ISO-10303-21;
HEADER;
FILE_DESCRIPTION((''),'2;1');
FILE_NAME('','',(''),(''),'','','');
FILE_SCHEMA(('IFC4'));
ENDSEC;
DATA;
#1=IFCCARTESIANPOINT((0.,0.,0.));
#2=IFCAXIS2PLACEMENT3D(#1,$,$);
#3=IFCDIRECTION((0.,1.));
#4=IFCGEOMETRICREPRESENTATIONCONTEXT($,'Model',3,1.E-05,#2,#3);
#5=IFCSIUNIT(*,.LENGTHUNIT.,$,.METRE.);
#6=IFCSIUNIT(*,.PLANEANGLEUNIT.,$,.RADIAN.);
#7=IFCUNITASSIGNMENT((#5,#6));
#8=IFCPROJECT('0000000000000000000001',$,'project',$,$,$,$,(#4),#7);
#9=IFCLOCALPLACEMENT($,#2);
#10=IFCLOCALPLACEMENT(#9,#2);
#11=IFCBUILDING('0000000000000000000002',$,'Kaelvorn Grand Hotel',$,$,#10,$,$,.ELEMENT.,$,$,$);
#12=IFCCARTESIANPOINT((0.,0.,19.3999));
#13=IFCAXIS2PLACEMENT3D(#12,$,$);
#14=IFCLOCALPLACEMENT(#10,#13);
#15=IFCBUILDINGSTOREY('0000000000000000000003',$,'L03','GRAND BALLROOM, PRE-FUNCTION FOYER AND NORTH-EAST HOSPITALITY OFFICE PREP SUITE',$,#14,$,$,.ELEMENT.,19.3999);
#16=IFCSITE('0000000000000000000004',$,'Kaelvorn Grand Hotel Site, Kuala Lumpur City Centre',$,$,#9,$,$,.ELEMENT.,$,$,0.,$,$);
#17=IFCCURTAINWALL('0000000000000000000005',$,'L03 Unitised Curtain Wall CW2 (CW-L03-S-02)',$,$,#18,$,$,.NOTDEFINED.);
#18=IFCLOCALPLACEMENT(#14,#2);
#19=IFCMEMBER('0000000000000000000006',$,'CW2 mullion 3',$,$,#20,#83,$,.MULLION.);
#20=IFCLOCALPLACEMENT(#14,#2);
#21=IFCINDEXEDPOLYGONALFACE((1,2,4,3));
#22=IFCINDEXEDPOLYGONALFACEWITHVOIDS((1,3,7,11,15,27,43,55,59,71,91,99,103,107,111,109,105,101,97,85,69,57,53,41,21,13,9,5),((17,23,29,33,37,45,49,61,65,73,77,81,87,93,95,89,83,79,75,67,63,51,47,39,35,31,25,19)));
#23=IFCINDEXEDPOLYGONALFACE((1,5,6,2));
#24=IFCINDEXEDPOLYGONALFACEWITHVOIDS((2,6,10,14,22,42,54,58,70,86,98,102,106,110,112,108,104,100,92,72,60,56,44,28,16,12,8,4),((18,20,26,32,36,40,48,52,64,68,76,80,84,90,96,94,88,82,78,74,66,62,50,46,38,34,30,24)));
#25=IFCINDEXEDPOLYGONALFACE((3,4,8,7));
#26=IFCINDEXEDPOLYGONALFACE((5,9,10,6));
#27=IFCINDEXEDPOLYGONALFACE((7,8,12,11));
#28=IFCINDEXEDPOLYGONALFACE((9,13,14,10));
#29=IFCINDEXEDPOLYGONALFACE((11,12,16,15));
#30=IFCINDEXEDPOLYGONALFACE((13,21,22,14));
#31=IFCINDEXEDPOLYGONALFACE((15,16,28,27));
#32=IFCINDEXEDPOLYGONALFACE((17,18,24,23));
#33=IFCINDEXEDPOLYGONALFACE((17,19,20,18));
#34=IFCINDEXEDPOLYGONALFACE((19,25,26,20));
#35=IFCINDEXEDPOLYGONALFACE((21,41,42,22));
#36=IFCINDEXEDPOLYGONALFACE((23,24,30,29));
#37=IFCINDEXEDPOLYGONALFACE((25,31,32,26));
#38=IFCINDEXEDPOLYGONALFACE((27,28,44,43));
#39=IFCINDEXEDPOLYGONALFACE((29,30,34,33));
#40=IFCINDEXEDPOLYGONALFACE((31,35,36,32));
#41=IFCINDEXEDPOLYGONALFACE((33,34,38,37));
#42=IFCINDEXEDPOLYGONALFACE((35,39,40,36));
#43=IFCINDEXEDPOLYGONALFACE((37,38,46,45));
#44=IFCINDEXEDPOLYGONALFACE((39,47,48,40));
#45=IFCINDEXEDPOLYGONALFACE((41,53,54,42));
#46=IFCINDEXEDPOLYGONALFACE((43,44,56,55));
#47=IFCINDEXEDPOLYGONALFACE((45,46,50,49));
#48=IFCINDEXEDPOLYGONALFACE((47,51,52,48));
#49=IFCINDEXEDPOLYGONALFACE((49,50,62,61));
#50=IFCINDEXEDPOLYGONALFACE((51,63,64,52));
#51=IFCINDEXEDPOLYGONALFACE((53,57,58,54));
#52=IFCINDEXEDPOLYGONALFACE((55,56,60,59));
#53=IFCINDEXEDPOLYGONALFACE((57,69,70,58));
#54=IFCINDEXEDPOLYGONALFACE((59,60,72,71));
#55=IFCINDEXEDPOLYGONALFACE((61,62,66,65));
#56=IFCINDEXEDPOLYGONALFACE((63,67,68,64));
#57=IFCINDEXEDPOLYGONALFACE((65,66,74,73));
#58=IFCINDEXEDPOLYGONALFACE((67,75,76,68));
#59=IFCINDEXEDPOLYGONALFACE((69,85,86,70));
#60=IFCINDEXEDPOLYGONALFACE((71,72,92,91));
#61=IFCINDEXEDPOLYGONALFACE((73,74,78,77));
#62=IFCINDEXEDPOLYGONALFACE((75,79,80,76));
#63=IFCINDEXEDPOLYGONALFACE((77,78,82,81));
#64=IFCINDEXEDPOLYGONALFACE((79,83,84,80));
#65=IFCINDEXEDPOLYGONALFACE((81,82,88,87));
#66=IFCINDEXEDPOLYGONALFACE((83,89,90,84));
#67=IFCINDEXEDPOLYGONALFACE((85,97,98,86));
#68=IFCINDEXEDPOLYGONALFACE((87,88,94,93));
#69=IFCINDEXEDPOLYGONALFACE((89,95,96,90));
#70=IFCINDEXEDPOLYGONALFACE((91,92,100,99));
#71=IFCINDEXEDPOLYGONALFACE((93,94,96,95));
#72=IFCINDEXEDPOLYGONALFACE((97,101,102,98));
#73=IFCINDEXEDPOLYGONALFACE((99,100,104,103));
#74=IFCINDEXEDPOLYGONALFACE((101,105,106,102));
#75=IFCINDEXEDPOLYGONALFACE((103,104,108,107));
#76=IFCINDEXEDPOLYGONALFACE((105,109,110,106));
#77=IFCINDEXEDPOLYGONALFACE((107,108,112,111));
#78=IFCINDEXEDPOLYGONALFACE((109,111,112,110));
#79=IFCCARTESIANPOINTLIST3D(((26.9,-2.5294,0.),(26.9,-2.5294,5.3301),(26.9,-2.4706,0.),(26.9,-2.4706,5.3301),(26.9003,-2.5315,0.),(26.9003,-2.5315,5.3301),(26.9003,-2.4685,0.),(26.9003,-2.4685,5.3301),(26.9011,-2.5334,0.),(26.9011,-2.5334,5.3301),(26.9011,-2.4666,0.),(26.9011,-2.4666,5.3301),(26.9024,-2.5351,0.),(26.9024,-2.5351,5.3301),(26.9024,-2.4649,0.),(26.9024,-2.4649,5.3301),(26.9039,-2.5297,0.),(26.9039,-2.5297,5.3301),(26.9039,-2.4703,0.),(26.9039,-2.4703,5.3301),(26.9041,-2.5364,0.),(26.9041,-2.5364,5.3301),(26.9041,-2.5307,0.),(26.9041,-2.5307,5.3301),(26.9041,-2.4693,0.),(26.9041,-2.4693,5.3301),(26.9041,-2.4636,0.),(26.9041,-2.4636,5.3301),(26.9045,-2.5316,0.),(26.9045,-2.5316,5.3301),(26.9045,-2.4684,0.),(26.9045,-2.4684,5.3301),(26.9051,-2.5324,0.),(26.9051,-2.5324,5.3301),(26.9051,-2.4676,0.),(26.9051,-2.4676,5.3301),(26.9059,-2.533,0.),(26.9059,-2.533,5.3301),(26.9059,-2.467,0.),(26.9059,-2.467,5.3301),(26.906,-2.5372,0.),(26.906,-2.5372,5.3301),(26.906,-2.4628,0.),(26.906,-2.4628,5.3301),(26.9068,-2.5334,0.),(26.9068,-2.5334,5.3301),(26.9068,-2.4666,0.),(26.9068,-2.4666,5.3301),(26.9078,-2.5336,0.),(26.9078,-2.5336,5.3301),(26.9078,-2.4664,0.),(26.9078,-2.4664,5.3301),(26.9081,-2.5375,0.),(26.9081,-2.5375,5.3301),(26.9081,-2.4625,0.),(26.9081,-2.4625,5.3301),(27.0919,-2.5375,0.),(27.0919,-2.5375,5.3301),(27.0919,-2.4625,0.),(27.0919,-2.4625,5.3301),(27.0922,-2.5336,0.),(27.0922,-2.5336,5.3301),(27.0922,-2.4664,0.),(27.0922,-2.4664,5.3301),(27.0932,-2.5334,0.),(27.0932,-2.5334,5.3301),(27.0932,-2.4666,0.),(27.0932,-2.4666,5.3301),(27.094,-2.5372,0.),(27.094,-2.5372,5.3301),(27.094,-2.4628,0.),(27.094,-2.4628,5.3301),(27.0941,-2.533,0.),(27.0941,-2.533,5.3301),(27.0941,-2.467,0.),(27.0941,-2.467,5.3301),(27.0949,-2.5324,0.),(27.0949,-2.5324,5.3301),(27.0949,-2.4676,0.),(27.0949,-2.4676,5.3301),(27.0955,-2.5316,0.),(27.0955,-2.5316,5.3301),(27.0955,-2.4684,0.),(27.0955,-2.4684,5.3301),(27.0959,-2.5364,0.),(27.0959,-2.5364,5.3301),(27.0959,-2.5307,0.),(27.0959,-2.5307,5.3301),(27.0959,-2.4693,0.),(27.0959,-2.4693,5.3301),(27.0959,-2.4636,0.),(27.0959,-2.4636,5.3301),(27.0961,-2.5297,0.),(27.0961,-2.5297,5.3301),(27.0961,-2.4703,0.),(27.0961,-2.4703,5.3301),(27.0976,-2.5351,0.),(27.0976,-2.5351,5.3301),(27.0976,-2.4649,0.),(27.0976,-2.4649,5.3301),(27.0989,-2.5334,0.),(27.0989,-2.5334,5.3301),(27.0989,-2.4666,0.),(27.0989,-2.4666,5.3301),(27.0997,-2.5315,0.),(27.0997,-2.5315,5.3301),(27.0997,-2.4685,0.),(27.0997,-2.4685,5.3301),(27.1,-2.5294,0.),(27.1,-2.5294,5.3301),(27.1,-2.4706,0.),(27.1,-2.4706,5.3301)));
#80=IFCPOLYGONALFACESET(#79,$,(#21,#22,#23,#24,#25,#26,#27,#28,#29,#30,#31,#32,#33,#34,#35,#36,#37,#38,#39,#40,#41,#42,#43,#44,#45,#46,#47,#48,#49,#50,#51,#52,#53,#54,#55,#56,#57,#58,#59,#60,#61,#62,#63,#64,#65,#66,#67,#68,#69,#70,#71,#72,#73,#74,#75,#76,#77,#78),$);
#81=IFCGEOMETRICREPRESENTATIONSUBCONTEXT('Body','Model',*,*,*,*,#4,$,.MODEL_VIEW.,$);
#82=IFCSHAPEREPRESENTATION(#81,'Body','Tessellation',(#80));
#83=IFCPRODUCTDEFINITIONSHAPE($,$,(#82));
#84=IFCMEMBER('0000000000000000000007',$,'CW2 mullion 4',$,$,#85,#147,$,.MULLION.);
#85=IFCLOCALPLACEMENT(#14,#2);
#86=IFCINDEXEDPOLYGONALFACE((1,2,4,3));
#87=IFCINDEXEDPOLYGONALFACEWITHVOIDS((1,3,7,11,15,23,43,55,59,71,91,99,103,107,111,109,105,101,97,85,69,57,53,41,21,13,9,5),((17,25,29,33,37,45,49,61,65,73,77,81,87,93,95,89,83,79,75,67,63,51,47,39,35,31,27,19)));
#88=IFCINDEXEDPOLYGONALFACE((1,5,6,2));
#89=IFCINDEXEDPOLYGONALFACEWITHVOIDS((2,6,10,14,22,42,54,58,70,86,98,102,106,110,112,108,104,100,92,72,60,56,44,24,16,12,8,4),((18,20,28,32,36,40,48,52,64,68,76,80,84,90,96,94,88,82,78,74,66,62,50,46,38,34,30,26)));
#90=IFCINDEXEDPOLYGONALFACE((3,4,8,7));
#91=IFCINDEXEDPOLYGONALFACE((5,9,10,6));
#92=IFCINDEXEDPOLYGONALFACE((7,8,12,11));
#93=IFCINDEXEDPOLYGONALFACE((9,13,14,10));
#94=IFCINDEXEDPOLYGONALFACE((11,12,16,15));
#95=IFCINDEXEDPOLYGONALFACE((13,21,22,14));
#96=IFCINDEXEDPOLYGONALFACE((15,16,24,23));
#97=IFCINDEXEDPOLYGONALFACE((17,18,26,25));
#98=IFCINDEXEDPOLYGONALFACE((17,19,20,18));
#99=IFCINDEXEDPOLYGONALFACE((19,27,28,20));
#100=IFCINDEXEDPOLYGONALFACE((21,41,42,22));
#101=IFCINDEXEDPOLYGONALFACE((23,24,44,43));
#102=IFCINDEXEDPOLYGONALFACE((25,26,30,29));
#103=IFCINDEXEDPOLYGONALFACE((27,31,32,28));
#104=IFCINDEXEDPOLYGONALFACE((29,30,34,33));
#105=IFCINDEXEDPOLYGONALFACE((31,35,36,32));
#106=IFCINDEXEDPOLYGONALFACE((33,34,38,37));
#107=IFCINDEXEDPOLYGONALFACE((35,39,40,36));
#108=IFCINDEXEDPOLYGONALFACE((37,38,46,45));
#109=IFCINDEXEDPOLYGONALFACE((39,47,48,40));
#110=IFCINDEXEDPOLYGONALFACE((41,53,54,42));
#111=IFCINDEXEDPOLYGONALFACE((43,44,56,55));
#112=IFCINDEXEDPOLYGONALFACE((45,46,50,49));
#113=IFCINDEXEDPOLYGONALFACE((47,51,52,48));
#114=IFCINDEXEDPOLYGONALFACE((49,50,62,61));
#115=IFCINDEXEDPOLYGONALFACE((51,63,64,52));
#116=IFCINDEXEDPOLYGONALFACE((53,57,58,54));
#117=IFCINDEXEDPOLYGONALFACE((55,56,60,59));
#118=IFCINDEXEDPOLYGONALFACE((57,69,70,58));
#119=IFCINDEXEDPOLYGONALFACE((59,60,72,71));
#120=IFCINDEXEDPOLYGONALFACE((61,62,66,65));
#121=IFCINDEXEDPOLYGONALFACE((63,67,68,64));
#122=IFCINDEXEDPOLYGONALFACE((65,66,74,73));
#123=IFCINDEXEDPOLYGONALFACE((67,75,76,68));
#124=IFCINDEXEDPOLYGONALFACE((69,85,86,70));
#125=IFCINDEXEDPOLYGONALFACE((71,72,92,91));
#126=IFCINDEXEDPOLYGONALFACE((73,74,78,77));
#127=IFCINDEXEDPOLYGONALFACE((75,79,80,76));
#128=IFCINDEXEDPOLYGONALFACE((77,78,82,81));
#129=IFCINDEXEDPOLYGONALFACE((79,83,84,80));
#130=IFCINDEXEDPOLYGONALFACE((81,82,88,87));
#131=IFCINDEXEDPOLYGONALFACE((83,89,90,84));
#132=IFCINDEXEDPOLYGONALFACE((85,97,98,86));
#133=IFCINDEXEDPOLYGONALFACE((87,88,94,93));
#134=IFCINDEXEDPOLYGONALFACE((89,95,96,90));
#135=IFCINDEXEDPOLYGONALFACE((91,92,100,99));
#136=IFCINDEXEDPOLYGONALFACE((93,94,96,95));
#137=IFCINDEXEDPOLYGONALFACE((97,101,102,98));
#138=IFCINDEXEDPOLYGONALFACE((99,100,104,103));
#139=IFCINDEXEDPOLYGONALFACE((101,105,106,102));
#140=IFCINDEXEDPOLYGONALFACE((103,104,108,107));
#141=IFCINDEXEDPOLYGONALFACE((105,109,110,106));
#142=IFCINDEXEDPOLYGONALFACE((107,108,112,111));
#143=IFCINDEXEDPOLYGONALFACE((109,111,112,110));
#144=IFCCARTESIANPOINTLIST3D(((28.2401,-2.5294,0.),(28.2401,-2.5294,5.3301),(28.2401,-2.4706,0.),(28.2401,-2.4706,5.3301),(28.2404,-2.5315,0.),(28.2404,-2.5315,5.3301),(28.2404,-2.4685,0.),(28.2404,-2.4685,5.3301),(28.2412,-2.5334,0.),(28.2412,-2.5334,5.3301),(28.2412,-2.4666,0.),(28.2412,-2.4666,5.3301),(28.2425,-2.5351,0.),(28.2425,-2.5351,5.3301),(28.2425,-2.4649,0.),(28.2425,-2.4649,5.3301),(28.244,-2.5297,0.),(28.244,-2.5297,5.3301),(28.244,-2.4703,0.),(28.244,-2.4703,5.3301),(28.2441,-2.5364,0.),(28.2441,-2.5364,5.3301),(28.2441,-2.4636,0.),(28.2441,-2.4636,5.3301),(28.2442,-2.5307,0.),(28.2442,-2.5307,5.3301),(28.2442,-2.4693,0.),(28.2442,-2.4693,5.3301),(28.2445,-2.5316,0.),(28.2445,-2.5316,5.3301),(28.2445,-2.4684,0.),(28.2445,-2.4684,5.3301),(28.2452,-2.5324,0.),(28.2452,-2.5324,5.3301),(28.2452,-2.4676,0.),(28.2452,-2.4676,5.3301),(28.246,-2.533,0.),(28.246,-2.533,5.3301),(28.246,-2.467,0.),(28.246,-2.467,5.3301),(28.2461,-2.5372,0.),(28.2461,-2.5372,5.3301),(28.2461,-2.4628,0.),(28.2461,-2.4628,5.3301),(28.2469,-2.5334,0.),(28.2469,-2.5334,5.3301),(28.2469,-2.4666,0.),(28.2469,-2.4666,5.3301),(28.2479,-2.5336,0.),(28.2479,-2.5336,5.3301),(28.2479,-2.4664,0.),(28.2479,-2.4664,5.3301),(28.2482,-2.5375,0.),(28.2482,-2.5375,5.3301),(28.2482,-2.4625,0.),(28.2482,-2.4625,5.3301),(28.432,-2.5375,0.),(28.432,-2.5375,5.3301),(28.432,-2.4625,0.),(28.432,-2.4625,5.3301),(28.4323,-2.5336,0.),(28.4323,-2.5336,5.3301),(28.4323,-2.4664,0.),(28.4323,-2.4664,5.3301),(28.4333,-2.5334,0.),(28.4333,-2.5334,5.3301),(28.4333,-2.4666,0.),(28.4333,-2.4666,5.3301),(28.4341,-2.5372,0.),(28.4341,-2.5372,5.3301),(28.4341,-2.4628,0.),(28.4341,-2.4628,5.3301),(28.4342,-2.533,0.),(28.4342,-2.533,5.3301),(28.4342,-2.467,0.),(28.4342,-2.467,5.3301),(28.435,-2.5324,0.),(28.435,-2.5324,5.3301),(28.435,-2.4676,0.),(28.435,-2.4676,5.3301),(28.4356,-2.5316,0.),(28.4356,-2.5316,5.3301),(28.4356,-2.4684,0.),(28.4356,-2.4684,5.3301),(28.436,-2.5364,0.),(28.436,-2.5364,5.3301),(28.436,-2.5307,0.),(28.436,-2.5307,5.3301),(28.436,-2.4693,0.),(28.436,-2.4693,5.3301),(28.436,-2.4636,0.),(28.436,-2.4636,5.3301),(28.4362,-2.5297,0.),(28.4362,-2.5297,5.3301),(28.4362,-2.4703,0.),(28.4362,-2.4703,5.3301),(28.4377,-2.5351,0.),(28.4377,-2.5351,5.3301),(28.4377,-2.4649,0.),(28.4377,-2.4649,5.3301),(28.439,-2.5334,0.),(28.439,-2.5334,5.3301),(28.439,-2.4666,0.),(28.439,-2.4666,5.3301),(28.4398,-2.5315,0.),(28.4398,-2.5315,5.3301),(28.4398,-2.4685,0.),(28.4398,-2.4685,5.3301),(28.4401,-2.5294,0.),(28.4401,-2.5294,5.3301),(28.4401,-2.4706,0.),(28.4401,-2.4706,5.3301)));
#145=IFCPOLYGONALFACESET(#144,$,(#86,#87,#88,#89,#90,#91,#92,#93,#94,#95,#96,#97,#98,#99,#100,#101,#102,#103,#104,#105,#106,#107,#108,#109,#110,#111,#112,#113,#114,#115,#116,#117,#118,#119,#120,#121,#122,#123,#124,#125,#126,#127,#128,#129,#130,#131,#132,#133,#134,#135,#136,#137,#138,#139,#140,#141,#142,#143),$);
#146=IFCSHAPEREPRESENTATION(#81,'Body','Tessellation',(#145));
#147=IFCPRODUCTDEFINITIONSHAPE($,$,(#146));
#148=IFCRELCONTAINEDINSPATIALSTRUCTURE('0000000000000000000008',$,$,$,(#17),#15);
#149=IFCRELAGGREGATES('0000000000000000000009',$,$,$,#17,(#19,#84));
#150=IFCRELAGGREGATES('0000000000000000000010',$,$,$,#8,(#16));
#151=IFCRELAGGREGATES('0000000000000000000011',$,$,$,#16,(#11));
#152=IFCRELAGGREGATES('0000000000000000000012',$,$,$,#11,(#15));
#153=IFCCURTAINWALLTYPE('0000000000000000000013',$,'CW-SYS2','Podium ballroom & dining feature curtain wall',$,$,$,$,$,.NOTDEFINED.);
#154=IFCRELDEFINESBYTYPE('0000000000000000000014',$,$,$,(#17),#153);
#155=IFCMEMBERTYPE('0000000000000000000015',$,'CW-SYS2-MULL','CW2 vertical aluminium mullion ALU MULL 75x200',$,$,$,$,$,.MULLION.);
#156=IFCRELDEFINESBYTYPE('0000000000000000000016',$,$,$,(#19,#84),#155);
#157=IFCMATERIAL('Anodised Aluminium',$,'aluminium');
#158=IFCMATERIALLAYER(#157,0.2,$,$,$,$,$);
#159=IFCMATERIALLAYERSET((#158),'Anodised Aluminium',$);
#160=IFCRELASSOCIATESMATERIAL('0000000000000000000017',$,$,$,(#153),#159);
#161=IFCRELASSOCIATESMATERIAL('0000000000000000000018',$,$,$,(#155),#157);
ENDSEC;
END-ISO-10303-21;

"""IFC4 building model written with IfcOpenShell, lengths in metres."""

from ifc_helpers import new_model, si_unit, direction, frame, origin, origin_2d, place, context, subcontext, project, spatial, hollow_rectangle, extrude, material, layer, layer_set, material_profile, profile_set, type_object, element, aggregate, save


model = new_model("IFC4")

# Units and contexts
model_context = context("Model", 3, precision=1e-05, world=origin(), true_north=direction((0.0, 1.0)))
body_context = subcontext(model_context, "Body", "Model", "MODEL_VIEW")
ifc_project = project(units=[si_unit("LENGTHUNIT", "METRE"), si_unit("PLANEANGLEUNIT", "RADIAN")], contexts=[model_context])

# Site, building, storey
site_placement = place(None, origin())
site = spatial("IfcSite", under=ifc_project, at=site_placement, Name="Kaelvorn Grand Hotel Site, Kuala Lumpur City Centre", CompositionType="ELEMENT", RefElevation=0.0)
building_placement = place(site_placement, origin())
building = spatial("IfcBuilding", under=site, at=building_placement, Name="Kaelvorn Grand Hotel", CompositionType="ELEMENT")
storey_placement = place(building_placement, frame((0.0, 0.0, 19.3999)))
storey = spatial("IfcBuildingStorey", under=building, at=storey_placement, Name="L03", Description="GRAND BALLROOM, PRE-FUNCTION FOYER AND NORTH-EAST HOSPITALITY OFFICE PREP SUITE", CompositionType="ELEMENT", Elevation=19.3999)

# Curtain wall, members
ifc_material_1 = material(Name="Anodised Aluminium", Category="aluminium")
ifc_layer_1 = layer(ifc_material_1, 0.2)
ifc_layer_set_1 = layer_set([ifc_layer_1], Name="Anodised Aluminium")
curtain_wall_type = type_object("IfcCurtainWallType", Name="CW-SYS2", Description="Podium ballroom & dining feature curtain wall", PredefinedType="NOTDEFINED", material=ifc_layer_set_1)
curtain_wall_1_placement = place(storey_placement, origin())
curtain_wall_1 = element("IfcCurtainWall", 1, at=curtain_wall_1_placement, inside=storey, type_object=curtain_wall_type, Name="L03 Unitised Curtain Wall CW2 (CW-L03-S-02)", PredefinedType="NOTDEFINED")
ifc_material_profile_1 = material_profile(ifc_material_1, hollow_rectangle(XDim=0.075, YDim=0.2, WallThickness=0.0039, InnerFilletRadius=0.0039, OuterFilletRadius=0.0081, at=origin_2d()), Name="ALU MULL 75x200")
ifc_profile_set_1 = profile_set([ifc_material_profile_1], Name="Anodised Aluminium")
member_type_1 = type_object("IfcMemberType", Name="CW-SYS2-MULL", Description="CW2 vertical aluminium mullion ALU MULL 75x200", PredefinedType="MULLION", material=ifc_profile_set_1)
member_1_placement = place(storey_placement, frame((27.0, -2.5, 0.0), z_axis=(0.0, 0.0, 1.0), x_axis=(0.0, 1.0, 0.0)))
member_1 = element("IfcMember", 2, at=member_1_placement, type_object=member_type_1, Name="CW2 mullion 3", PredefinedType="MULLION", context=body_context, shape_type="SweptSolid", body=[
    extrude(hollow_rectangle(XDim=0.075, YDim=0.2, WallThickness=0.0039, InnerFilletRadius=0.0039, OuterFilletRadius=0.0081, at=origin_2d()), origin(), (0.0, 0.0, 1.0), 5.3301),
])
member_2_placement = place(storey_placement, frame((28.3401, -2.5, 0.0), z_axis=(0.0, 0.0, 1.0), x_axis=(0.0, 1.0, 0.0)))
member_2 = element("IfcMember", 3, at=member_2_placement, type_object=member_type_1, Name="CW2 mullion 4", PredefinedType="MULLION", context=body_context, shape_type="SweptSolid", body=[
    extrude(hollow_rectangle(XDim=0.075, YDim=0.2, WallThickness=0.0039, InnerFilletRadius=0.0039, OuterFilletRadius=0.0081, at=origin_2d()), origin(), (0.0, 0.0, 1.0), 5.3301),
])

aggregate(curtain_wall_1, [member_1, member_2])

save(model, "model.ifc")
